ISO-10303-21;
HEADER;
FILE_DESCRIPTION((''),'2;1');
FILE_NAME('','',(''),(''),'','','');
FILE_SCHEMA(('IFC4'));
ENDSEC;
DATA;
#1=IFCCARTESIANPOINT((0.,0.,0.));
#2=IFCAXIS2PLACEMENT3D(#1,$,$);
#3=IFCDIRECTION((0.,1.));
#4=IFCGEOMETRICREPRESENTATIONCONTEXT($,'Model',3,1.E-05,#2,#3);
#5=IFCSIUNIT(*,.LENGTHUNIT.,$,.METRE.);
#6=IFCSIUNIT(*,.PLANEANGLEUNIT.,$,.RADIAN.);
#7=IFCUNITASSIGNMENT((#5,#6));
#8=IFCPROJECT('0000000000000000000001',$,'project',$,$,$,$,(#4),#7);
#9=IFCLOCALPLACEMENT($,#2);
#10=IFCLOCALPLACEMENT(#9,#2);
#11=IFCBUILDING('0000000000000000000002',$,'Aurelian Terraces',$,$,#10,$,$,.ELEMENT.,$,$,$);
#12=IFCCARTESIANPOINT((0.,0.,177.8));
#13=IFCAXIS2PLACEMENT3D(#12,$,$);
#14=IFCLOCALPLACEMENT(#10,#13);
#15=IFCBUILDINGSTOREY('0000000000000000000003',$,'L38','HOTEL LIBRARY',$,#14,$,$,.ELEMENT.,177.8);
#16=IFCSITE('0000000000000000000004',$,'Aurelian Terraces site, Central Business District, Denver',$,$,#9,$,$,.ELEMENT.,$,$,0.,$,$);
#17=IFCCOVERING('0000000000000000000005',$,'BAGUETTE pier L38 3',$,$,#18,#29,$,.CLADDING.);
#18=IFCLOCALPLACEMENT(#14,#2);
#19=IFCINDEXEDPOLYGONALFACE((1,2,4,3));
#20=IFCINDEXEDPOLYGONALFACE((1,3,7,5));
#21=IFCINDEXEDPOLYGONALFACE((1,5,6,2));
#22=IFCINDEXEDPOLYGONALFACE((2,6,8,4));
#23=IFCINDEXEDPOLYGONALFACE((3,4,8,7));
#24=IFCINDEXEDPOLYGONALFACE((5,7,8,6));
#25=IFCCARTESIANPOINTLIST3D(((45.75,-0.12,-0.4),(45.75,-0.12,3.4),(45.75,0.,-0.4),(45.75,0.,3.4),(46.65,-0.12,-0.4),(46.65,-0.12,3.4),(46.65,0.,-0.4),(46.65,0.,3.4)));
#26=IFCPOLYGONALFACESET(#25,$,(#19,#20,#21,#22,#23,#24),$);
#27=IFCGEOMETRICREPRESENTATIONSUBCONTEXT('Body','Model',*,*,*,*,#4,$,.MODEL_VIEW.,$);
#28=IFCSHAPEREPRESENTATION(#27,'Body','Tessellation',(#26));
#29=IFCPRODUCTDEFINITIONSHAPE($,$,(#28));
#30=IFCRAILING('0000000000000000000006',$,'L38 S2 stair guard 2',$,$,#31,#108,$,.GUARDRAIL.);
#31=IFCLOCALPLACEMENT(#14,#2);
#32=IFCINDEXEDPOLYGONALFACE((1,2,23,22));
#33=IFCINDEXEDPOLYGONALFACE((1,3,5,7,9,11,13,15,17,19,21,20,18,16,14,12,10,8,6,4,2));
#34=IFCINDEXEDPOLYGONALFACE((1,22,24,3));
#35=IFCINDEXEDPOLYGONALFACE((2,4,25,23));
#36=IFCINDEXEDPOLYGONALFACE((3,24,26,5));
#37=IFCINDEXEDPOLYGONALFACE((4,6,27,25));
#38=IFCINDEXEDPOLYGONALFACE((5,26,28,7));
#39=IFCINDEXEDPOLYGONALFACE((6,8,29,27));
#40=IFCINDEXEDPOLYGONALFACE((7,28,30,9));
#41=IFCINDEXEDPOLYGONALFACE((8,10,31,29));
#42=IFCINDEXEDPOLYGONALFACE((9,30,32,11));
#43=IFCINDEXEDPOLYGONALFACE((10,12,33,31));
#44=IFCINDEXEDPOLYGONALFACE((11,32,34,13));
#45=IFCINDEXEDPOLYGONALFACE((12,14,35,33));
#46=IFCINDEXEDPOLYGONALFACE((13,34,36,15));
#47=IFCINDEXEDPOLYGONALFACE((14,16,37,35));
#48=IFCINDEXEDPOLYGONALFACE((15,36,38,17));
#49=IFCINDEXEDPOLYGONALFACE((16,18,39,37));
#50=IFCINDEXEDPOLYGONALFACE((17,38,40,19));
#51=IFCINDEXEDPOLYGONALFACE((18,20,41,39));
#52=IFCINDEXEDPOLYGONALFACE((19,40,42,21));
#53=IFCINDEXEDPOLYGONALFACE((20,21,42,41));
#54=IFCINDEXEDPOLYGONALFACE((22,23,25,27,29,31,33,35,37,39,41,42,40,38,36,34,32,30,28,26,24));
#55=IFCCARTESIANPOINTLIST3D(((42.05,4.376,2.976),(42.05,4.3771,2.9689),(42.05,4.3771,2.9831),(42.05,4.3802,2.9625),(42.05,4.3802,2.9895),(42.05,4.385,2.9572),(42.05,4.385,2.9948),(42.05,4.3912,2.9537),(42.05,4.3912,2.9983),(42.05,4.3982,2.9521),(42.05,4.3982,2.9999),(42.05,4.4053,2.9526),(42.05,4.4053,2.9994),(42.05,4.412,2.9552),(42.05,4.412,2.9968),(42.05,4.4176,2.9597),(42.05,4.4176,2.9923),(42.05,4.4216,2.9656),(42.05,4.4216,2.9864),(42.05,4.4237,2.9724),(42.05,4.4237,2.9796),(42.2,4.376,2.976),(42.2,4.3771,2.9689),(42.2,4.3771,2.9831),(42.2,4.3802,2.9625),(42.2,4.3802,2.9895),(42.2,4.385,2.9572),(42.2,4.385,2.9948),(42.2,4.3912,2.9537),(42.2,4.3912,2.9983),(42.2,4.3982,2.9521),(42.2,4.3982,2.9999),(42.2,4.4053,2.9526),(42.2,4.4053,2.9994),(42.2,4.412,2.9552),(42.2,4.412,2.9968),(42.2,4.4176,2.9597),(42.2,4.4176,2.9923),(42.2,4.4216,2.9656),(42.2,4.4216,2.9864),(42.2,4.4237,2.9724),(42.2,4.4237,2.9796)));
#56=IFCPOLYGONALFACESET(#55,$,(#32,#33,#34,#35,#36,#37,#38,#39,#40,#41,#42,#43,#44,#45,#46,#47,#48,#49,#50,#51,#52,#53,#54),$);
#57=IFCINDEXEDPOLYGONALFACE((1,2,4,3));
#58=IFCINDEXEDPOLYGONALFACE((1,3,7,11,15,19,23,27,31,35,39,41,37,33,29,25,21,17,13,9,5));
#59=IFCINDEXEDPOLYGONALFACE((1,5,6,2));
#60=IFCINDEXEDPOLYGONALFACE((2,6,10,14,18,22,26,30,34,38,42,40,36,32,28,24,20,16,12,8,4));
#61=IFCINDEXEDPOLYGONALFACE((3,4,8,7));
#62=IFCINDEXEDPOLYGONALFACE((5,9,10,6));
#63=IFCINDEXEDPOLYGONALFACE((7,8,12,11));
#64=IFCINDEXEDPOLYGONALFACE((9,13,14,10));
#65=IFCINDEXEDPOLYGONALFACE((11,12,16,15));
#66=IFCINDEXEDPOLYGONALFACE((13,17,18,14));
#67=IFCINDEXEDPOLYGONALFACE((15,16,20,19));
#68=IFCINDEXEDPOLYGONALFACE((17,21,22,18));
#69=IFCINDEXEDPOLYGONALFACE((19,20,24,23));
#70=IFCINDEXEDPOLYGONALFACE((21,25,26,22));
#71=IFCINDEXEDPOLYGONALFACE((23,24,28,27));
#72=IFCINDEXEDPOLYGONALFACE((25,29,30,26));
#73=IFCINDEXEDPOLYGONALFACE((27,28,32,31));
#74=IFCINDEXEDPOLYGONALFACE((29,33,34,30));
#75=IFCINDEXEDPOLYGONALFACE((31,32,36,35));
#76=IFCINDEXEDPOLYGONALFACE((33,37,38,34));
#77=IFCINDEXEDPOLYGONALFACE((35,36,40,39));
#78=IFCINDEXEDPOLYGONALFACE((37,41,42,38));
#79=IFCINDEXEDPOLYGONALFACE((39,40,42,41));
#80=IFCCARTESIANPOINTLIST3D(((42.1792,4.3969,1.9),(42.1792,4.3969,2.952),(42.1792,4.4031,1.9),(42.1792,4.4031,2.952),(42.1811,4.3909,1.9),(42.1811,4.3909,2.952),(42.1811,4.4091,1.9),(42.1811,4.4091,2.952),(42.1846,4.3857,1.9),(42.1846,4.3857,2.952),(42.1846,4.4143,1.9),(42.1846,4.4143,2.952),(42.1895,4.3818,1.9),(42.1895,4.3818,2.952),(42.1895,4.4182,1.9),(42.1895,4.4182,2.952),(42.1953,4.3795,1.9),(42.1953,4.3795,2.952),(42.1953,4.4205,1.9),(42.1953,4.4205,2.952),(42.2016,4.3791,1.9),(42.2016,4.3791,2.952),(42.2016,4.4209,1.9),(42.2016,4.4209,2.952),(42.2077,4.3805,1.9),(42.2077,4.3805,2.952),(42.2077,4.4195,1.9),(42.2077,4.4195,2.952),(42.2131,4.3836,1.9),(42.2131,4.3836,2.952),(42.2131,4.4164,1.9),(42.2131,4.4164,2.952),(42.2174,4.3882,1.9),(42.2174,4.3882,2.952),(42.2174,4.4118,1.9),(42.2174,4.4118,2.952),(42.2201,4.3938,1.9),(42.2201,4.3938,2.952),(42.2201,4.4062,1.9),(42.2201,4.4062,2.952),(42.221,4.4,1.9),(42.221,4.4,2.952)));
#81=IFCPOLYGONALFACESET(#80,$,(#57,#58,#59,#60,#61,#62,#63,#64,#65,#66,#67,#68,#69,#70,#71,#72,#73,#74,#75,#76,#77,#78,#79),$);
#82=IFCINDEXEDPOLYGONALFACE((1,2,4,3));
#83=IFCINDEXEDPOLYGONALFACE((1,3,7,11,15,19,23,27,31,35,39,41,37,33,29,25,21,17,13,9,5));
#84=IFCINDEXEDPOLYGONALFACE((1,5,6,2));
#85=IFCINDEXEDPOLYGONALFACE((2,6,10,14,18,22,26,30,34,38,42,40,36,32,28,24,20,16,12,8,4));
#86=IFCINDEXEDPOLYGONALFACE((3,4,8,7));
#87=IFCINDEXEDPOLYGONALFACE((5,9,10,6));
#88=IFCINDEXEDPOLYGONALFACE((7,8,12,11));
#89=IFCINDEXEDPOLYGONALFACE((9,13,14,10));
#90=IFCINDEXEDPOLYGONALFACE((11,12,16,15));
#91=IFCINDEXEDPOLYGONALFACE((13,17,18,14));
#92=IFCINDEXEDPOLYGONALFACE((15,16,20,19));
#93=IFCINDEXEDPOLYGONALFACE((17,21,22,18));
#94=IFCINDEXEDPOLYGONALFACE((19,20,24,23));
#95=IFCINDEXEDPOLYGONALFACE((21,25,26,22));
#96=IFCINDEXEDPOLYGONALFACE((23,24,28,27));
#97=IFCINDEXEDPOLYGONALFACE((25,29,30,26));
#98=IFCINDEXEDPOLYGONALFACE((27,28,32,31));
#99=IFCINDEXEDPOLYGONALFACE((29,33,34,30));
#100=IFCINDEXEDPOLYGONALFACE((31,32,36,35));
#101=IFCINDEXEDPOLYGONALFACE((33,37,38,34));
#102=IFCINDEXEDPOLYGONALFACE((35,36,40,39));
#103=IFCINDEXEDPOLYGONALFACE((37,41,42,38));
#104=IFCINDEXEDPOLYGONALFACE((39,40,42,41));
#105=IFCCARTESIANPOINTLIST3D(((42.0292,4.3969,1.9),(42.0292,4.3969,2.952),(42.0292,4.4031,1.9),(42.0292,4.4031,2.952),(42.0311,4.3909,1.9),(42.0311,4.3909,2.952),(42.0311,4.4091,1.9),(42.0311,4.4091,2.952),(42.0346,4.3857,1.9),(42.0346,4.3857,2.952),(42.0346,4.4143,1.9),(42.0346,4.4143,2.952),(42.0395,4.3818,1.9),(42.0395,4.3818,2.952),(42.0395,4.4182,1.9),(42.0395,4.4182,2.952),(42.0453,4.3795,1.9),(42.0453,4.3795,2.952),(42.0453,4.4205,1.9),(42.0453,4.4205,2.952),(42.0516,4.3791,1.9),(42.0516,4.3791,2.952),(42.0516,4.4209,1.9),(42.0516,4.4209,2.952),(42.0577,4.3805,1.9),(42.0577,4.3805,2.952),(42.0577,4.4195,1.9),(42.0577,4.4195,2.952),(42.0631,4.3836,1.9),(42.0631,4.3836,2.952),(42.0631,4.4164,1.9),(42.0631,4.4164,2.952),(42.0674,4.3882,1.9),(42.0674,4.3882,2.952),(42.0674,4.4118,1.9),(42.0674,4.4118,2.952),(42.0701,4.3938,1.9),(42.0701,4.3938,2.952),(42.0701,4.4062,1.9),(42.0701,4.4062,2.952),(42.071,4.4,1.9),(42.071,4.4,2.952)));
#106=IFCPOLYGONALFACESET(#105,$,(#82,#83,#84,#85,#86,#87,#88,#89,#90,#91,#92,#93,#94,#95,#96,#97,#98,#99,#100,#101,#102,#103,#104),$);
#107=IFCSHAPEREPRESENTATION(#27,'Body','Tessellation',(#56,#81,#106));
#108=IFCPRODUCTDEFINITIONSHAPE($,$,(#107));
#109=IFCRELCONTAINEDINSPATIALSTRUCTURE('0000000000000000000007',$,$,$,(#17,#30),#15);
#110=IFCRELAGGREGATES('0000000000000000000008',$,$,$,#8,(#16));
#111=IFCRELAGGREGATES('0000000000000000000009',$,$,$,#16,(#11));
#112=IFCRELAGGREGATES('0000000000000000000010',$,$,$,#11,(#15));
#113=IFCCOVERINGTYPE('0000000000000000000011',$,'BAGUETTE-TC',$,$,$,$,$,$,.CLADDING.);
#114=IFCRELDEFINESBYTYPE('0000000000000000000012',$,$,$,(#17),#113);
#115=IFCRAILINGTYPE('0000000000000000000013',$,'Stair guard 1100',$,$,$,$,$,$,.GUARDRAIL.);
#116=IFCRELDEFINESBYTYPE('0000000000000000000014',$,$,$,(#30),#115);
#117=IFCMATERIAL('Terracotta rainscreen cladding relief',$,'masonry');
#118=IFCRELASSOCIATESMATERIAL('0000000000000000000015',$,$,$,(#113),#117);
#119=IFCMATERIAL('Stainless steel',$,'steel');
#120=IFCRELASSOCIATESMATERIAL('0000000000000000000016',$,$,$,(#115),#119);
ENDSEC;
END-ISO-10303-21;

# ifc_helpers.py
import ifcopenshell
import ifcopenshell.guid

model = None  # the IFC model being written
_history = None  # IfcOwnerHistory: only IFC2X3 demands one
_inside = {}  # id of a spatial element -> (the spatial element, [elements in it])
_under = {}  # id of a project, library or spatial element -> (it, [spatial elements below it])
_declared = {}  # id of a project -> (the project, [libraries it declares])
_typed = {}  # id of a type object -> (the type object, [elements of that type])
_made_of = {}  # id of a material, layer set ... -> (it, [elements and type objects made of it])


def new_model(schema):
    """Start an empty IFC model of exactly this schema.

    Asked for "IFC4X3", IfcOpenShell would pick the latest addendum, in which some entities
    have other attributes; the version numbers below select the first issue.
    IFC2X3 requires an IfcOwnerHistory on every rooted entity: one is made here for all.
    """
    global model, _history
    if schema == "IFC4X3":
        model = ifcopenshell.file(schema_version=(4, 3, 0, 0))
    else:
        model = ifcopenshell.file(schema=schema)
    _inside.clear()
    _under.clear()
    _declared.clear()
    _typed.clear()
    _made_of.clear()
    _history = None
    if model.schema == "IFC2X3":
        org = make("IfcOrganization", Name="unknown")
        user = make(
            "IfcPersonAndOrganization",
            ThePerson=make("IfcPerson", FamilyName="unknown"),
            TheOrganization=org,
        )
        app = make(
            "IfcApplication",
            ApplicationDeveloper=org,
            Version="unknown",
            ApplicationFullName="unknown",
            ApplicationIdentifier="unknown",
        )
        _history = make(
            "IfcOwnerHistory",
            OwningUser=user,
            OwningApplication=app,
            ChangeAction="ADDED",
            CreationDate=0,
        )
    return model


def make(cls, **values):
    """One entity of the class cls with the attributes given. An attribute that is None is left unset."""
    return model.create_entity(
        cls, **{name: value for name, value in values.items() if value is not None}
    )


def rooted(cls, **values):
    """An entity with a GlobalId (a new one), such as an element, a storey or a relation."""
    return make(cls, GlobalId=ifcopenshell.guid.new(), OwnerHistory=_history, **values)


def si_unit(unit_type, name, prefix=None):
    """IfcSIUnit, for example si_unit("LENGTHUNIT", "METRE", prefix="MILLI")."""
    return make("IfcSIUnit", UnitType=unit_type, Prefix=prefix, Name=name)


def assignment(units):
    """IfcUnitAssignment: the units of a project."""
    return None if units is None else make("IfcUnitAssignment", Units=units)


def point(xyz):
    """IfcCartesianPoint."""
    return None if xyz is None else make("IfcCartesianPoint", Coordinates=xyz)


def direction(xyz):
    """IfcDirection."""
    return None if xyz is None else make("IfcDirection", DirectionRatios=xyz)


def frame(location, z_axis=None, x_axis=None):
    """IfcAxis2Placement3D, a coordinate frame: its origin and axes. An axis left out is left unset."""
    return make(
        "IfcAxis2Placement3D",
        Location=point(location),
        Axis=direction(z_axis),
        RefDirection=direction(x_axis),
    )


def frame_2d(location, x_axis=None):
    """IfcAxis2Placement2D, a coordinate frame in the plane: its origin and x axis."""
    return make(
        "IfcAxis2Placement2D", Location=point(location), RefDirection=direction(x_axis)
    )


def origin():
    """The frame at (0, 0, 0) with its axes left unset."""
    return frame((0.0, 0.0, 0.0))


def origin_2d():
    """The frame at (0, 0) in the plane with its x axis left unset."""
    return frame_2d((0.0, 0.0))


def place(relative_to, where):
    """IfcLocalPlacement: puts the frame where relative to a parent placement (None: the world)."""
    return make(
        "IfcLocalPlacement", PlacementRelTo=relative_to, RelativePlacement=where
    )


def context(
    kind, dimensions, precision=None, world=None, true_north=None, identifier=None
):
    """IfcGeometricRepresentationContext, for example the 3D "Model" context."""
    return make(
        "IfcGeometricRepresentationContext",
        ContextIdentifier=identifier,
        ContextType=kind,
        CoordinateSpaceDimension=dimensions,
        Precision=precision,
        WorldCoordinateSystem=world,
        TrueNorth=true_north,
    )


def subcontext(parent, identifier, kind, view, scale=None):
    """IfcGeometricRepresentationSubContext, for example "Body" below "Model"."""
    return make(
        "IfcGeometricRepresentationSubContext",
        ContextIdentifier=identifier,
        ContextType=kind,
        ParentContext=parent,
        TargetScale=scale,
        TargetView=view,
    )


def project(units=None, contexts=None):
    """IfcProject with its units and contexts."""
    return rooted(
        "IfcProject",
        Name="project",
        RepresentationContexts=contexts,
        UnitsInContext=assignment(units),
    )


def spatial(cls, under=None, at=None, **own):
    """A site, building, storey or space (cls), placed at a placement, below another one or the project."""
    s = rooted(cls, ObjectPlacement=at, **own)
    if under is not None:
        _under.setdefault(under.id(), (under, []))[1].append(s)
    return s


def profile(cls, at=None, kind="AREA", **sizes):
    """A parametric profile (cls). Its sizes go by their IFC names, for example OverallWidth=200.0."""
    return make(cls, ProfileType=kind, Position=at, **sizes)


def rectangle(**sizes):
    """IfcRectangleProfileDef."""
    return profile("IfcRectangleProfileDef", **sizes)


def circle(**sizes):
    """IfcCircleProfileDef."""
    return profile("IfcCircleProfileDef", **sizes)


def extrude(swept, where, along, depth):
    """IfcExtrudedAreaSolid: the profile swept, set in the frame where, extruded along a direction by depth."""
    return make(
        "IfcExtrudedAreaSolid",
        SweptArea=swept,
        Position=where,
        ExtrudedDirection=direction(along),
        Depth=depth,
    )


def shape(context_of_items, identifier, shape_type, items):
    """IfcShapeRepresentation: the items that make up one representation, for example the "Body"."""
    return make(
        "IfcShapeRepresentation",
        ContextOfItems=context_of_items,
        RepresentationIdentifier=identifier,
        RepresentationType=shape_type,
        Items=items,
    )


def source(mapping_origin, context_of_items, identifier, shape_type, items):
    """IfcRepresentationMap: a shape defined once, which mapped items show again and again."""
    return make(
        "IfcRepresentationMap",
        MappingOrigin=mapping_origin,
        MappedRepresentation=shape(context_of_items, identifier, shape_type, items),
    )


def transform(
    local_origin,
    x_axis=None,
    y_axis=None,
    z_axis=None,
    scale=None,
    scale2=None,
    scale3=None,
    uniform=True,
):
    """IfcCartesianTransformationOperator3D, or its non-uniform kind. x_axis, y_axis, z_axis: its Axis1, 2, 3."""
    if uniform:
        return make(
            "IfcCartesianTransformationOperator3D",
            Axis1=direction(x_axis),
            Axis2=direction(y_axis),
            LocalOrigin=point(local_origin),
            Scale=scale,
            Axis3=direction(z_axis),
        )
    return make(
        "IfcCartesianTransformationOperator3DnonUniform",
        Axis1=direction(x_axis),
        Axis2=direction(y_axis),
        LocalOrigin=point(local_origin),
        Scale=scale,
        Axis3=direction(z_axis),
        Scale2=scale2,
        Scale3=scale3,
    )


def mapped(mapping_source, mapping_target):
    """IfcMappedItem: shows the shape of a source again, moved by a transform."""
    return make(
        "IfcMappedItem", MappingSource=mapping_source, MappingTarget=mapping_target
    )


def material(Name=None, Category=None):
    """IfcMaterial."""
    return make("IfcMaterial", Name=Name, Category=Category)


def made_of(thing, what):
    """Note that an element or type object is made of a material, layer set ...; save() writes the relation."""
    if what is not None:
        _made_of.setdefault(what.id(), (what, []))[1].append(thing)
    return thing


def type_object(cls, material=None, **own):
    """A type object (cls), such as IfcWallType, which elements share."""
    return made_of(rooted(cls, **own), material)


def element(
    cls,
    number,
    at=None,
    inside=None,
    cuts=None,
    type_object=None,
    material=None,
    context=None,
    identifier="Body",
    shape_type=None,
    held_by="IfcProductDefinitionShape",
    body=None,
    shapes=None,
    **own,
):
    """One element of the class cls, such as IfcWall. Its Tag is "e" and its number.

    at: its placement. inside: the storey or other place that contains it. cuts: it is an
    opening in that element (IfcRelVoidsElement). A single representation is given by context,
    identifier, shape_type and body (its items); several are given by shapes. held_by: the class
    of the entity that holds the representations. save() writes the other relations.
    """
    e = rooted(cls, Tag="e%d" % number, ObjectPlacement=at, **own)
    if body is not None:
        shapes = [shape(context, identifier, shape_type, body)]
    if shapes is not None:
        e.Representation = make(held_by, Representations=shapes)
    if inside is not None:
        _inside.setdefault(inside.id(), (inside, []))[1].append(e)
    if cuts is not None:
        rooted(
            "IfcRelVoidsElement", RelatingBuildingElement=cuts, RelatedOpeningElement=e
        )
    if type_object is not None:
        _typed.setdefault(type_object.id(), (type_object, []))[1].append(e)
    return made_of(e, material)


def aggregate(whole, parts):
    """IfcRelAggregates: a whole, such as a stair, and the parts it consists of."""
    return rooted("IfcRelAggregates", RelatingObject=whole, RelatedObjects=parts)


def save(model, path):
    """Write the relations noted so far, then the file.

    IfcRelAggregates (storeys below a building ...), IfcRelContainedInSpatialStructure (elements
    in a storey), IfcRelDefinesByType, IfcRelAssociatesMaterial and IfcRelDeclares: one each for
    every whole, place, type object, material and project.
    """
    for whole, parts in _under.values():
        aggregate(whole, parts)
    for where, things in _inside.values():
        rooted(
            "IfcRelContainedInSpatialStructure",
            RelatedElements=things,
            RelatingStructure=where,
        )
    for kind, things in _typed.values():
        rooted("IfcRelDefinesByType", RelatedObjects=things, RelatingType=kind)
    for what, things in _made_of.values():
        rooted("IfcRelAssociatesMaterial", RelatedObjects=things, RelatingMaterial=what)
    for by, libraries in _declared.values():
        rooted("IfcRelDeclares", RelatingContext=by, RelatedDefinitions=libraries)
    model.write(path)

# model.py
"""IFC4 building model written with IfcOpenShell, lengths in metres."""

from ifc_helpers import new_model, si_unit, direction, frame, origin, origin_2d, place, context, subcontext, project, spatial, rectangle, circle, extrude, source, transform, mapped, material, type_object, element, save


model = new_model("IFC4")

# Units and contexts
model_context = context("Model", 3, precision=1e-05, world=origin(), true_north=direction((0.0, 1.0)))
body_context = subcontext(model_context, "Body", "Model", "MODEL_VIEW")
ifc_project = project(units=[si_unit("LENGTHUNIT", "METRE"), si_unit("PLANEANGLEUNIT", "RADIAN")], contexts=[model_context])

# Site, building, storey
site_placement = place(None, origin())
site = spatial("IfcSite", under=ifc_project, at=site_placement, Name="Aurelian Terraces site, Central Business District, Denver", CompositionType="ELEMENT", RefElevation=0.0)
building_placement = place(site_placement, origin())
building = spatial("IfcBuilding", under=site, at=building_placement, Name="Aurelian Terraces", CompositionType="ELEMENT")
storey_placement = place(building_placement, frame((0.0, 0.0, 177.8)))
storey = spatial("IfcBuildingStorey", under=building, at=storey_placement, Name="L38", Description="HOTEL LIBRARY", CompositionType="ELEMENT", Elevation=177.8)

# Covering
ifc_material_1 = material(Name="Terracotta rainscreen cladding relief", Category="masonry")
covering_type = type_object("IfcCoveringType", Name="BAGUETTE-TC", PredefinedType="CLADDING", material=ifc_material_1)
shared_shape_1 = source(origin(), body_context, "Body", "SweptSolid", [
    extrude(rectangle(XDim=0.9, YDim=0.12, at=origin_2d()), origin(), (0.0, 0.0, 1.0), 3.8),
])
covering_placement = place(storey_placement, frame((46.2, -0.06, -0.4), z_axis=(0.0, 0.0, 1.0), x_axis=(1.0, 0.0, 0.0)))
element("IfcCovering", 1, at=covering_placement, inside=storey, type_object=covering_type, Name="BAGUETTE pier L38 3", PredefinedType="CLADDING", context=body_context, shape_type="MappedRepresentation", body=[
    mapped(shared_shape_1, transform((0.0, 0.0, 0.0), scale=1.0)),
])

# Railing
ifc_material_2 = material(Name="Stainless steel", Category="steel")
railing_type_1 = type_object("IfcRailingType", Name="Stair guard 1100", PredefinedType="GUARDRAIL", material=ifc_material_2)
shared_shape_2 = source(origin(), body_context, "Body", "SweptSolid", [
    extrude(circle(Radius=0.024, at=origin_2d()), frame((0.0, 0.0, 1.076), z_axis=(-1.0, 0.0, 0.0), x_axis=(0.0, -1.0, 0.0)), (0.0, 0.0, 1.0), 0.15),
    extrude(circle(Radius=0.021, at=origin_2d()), origin(), (0.0, 0.0, 1.0), 1.052),
    extrude(circle(Radius=0.021, at=origin_2d()), frame((-0.15, 0.0, 0.0)), (0.0, 0.0, 1.0), 1.052),
])
railing_1_placement = place(storey_placement, frame((42.2, 4.4, 1.9)))
element("IfcRailing", 2, at=railing_1_placement, inside=storey, type_object=railing_type_1, Name="L38 S2 stair guard 2", PredefinedType="GUARDRAIL", context=body_context, shape_type="MappedRepresentation", body=[
    mapped(shared_shape_2, transform((0.0, 0.0, 0.0), scale=1.0)),
])

save(model, "model.ifc")
